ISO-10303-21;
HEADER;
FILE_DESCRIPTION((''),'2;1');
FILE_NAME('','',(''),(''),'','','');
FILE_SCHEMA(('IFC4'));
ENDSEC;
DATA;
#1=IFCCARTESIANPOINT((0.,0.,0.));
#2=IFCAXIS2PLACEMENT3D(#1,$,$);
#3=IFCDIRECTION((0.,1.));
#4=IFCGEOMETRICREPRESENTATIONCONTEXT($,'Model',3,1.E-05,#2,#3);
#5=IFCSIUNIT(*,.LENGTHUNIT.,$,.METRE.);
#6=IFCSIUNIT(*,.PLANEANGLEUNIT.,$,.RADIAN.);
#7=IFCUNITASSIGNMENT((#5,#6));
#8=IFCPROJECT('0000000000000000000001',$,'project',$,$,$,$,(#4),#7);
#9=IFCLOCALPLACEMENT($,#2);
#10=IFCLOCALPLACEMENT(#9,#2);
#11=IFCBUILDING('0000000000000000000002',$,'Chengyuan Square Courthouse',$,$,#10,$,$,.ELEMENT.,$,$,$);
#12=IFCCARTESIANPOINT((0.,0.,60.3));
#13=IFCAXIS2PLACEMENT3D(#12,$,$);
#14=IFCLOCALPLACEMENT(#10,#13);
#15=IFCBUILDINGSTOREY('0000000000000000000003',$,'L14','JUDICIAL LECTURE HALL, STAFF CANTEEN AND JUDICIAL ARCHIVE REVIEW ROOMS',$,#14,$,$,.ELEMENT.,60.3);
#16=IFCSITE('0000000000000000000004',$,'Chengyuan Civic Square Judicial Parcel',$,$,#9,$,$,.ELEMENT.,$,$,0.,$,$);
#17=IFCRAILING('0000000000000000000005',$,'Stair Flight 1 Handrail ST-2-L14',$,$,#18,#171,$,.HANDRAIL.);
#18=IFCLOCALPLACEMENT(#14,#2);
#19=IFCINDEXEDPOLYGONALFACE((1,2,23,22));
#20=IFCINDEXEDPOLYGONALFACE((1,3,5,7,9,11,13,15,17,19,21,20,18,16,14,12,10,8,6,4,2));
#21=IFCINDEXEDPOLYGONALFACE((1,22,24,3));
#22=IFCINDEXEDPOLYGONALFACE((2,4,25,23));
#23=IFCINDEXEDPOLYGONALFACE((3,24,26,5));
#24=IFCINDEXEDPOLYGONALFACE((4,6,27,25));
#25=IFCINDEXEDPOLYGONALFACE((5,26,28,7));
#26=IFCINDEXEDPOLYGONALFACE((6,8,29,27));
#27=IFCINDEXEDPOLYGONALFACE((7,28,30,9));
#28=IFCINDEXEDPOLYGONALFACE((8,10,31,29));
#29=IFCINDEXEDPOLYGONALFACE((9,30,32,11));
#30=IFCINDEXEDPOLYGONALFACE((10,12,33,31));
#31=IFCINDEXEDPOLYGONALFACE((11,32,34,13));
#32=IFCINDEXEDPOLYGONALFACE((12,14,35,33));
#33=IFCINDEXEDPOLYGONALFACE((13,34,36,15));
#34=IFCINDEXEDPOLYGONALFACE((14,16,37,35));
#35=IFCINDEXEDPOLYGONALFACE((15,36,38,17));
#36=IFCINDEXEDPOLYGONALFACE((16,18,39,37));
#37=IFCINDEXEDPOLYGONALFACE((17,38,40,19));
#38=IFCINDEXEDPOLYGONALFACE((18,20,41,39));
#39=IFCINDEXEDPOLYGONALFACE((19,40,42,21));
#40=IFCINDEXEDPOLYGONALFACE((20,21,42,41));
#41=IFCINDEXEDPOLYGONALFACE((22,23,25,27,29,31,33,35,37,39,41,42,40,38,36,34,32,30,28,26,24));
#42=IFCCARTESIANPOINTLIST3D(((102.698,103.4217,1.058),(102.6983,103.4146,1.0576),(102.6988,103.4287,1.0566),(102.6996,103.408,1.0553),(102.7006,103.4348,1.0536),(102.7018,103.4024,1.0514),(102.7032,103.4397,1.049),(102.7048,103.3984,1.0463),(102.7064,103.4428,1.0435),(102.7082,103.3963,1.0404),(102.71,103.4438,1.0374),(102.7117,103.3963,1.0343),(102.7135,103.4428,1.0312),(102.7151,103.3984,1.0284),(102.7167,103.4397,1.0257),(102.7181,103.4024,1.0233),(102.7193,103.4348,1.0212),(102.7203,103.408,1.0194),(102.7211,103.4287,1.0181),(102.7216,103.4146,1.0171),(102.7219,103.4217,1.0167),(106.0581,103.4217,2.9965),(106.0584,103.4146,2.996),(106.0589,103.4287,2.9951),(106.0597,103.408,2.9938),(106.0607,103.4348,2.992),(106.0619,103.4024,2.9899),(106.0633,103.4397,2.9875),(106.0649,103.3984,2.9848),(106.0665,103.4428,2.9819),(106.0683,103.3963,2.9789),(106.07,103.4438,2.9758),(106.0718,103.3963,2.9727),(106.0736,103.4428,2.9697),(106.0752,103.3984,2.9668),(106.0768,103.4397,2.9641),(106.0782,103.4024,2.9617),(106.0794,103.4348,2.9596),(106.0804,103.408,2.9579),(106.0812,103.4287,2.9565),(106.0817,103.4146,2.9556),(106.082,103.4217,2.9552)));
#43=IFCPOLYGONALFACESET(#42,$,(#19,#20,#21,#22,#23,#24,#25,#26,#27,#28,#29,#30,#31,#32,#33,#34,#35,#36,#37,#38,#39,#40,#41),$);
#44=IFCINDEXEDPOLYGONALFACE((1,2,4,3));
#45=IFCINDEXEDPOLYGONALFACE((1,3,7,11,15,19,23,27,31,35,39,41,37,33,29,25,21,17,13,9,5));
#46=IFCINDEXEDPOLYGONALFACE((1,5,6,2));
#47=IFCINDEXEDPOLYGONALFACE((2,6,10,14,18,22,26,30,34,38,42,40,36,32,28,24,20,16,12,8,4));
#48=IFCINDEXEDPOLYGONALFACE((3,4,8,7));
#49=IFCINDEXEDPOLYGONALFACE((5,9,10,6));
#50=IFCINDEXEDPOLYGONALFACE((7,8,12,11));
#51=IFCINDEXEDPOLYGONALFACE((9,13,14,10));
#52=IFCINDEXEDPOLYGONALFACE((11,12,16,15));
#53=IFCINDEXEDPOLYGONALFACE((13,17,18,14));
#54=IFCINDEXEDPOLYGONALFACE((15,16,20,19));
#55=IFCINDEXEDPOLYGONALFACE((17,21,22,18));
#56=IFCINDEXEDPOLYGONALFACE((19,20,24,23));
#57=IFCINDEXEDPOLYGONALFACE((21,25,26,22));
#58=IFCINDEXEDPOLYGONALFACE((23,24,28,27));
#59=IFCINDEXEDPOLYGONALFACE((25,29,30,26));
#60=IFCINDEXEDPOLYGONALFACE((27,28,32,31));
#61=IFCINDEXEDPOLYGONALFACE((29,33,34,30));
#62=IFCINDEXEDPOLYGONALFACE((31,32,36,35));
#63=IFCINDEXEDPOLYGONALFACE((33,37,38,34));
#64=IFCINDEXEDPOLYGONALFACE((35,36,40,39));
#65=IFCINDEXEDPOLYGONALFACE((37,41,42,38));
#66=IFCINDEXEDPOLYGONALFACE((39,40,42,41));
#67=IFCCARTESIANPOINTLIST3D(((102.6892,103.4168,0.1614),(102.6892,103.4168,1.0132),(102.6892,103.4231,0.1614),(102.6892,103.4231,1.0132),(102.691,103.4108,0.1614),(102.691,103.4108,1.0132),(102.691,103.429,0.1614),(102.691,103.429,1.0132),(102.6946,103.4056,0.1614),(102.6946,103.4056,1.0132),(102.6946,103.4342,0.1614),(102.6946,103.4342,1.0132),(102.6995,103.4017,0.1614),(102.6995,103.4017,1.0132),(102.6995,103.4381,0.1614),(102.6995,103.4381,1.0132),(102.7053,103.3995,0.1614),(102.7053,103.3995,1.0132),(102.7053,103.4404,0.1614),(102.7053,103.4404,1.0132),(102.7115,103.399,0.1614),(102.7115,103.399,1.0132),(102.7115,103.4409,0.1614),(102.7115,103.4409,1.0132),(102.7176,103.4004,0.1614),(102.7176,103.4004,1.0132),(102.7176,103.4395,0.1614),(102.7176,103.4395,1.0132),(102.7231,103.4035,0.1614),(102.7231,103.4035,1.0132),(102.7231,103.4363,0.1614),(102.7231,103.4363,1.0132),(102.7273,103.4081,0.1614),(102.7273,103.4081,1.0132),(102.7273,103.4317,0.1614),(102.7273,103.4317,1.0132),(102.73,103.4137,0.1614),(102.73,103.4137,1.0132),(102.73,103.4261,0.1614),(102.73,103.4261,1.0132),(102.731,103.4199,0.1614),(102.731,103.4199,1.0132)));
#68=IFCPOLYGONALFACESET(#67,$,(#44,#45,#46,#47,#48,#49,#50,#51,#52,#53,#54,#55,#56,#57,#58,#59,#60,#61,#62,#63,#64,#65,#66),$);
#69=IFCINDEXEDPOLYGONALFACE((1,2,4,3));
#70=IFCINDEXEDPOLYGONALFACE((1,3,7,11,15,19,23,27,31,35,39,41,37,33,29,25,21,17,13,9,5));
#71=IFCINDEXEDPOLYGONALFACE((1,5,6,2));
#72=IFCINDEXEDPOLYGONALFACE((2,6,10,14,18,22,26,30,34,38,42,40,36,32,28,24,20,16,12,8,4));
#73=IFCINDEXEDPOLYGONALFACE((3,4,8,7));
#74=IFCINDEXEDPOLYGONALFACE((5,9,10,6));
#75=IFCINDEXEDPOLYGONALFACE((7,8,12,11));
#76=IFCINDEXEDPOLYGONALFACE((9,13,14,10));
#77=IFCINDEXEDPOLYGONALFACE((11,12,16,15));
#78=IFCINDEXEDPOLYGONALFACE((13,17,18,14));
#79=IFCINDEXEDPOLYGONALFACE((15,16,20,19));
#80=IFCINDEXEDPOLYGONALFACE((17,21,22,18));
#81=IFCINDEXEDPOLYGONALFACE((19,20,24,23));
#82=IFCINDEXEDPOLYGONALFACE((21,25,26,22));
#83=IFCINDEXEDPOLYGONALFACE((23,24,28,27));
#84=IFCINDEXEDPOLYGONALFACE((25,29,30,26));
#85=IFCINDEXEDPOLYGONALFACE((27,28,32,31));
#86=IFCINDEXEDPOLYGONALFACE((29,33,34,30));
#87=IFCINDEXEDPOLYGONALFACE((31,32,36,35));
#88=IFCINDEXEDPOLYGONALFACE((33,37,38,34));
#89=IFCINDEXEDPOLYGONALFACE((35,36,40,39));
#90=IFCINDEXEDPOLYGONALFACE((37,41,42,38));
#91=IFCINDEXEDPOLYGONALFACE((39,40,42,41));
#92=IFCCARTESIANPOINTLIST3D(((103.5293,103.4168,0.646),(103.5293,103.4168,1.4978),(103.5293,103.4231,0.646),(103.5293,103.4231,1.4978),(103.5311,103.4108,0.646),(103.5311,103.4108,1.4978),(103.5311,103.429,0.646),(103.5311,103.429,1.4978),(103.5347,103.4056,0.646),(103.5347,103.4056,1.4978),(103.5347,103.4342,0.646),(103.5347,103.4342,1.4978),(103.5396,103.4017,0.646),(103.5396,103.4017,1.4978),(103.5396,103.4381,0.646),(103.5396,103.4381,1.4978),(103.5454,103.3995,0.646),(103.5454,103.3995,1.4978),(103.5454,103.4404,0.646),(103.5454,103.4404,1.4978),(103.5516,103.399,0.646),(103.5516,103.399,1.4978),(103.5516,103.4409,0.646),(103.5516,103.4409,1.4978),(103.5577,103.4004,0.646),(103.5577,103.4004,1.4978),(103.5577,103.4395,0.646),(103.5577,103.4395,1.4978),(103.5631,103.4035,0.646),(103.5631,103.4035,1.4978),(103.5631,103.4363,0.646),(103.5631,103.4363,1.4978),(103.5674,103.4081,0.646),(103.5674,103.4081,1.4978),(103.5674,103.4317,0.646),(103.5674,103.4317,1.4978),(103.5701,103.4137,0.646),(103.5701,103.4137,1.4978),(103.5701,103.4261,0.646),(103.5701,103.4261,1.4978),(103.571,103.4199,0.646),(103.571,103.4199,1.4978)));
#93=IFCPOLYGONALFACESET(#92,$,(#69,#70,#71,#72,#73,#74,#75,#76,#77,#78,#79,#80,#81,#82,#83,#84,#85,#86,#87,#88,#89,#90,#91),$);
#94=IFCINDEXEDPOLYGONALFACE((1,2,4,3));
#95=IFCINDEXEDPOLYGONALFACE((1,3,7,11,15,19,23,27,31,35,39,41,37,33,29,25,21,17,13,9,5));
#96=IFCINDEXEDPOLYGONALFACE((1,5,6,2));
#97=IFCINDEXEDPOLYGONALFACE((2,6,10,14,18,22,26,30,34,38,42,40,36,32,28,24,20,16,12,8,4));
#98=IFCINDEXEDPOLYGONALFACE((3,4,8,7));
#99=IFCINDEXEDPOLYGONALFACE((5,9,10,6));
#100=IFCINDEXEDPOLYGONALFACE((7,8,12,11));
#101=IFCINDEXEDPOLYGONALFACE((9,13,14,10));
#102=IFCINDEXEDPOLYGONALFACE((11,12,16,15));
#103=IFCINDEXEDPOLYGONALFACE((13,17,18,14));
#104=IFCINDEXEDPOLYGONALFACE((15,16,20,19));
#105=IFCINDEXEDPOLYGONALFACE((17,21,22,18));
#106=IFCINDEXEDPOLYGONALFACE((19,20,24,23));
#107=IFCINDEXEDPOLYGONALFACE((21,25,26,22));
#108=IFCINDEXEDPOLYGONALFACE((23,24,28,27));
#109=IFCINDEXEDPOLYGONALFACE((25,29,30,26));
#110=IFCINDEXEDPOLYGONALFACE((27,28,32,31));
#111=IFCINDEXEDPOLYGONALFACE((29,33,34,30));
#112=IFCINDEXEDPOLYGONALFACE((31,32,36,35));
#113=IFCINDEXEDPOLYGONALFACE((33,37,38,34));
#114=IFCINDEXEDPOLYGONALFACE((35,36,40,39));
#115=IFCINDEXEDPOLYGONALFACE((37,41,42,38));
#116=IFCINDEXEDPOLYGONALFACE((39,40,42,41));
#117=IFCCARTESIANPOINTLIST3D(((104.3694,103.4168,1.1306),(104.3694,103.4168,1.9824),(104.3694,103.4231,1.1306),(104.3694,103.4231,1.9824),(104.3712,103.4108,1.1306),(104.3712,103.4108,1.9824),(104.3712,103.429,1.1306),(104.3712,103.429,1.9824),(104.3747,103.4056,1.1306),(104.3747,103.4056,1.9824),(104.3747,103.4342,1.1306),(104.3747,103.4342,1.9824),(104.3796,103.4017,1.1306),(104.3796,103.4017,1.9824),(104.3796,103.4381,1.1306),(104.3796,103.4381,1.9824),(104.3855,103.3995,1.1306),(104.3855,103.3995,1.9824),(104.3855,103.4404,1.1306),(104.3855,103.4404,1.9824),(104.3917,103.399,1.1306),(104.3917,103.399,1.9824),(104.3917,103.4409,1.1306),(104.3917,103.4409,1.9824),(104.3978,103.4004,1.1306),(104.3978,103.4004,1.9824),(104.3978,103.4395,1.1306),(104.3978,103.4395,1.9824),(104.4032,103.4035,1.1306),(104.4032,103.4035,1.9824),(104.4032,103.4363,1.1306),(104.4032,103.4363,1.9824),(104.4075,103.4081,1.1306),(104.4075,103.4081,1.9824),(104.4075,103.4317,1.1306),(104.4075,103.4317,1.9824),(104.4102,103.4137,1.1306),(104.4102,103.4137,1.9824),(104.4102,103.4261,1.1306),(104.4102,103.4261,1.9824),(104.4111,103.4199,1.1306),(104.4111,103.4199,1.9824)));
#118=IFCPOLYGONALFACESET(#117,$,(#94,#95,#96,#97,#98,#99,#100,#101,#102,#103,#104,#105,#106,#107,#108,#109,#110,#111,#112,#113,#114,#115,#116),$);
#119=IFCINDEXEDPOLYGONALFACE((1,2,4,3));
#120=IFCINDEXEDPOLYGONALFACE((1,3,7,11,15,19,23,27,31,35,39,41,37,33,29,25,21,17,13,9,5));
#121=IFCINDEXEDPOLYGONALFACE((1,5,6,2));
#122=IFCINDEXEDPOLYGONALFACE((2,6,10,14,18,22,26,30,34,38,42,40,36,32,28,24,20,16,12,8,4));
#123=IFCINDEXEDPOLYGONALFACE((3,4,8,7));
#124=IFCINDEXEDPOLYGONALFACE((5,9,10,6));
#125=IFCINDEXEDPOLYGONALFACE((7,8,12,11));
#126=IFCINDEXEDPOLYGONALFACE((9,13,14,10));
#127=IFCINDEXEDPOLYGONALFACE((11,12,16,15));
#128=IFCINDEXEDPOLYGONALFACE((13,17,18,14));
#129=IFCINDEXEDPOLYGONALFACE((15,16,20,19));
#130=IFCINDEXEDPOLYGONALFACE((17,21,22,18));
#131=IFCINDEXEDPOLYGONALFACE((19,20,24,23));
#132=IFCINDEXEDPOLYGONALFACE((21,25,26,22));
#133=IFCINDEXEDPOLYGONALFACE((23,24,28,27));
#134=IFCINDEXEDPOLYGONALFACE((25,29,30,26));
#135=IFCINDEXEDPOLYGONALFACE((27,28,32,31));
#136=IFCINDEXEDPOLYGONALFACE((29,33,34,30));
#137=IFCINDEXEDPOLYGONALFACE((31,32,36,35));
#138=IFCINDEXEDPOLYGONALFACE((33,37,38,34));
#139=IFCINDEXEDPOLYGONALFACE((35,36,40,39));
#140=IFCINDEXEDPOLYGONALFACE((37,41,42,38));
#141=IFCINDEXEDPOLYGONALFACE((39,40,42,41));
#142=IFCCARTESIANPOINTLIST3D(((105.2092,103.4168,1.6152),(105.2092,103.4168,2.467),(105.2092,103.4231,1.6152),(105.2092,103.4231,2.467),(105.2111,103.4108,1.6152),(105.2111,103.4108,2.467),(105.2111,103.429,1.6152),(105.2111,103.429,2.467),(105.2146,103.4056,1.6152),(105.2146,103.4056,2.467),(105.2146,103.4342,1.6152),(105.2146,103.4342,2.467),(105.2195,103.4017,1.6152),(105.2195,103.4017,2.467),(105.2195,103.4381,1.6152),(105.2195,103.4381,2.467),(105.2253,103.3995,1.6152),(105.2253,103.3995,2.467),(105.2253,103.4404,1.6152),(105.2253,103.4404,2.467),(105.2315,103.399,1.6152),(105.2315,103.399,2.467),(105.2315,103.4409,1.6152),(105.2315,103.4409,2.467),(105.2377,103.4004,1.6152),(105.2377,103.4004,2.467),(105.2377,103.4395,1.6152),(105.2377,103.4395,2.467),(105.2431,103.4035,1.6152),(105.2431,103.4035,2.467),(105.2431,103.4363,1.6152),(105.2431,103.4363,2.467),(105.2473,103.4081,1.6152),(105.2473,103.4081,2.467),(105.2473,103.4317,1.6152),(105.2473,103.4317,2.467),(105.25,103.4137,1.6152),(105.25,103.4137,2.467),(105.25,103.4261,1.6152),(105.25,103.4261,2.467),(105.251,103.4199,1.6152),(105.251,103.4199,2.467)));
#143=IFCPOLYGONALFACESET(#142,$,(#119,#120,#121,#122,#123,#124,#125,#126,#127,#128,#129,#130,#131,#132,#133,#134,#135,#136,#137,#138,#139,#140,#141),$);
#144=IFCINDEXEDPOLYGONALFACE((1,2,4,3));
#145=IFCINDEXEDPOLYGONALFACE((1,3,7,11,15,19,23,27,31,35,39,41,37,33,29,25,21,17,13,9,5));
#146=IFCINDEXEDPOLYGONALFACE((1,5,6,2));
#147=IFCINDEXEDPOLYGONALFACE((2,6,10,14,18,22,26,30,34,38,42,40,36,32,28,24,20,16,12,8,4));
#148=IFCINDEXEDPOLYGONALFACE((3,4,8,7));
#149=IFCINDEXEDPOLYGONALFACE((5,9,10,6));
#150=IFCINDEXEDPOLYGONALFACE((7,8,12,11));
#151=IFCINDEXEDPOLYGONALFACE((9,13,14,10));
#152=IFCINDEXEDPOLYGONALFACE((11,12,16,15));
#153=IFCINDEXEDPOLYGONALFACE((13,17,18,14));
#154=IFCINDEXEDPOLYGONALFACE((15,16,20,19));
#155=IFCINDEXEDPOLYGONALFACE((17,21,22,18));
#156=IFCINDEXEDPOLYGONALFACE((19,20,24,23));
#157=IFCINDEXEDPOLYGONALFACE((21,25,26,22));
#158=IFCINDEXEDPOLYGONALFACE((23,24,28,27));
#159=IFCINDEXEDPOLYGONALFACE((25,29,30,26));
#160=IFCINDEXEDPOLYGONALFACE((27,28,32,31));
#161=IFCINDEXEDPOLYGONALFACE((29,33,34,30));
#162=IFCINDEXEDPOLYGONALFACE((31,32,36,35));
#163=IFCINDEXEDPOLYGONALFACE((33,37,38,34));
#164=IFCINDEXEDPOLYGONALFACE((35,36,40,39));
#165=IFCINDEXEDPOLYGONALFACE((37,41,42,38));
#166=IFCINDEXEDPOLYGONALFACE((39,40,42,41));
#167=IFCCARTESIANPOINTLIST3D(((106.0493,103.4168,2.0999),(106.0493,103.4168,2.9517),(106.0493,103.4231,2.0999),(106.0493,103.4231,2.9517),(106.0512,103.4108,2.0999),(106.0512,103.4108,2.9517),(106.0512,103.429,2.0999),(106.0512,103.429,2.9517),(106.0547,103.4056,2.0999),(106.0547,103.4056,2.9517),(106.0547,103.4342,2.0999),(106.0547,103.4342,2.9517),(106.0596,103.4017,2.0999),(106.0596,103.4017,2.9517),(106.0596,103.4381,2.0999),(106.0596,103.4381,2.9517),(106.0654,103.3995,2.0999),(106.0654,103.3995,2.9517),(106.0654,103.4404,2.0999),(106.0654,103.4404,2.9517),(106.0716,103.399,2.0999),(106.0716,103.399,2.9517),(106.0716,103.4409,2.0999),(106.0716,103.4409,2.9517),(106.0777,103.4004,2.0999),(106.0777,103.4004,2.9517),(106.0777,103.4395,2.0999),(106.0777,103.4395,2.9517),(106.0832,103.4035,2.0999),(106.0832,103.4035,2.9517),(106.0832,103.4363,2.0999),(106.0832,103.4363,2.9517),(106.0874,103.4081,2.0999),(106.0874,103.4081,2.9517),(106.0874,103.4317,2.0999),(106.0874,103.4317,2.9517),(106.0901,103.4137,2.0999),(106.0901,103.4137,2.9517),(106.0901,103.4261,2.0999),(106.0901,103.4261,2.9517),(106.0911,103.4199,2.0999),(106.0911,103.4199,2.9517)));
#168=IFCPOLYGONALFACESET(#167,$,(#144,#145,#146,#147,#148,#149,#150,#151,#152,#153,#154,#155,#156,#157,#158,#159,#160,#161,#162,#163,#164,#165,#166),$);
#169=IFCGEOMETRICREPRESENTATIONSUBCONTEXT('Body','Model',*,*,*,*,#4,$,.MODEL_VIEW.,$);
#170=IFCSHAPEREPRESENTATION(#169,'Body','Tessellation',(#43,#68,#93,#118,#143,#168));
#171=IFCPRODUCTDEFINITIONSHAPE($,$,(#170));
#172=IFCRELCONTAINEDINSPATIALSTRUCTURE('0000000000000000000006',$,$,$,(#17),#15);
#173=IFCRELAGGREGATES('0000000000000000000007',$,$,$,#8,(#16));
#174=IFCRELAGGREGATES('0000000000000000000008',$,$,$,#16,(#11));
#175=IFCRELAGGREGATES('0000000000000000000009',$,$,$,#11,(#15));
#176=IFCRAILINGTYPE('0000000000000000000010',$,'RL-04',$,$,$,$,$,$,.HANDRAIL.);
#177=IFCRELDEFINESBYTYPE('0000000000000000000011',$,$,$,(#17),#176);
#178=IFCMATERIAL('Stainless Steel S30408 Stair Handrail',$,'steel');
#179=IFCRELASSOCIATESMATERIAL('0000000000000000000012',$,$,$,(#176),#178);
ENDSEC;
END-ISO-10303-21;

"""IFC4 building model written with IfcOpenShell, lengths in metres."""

from ifc_helpers import new_model, si_unit, direction, frame, origin, origin_2d, place, context, subcontext, project, spatial, circle, extrude, material, type_object, element, save


model = new_model("IFC4")

# Units and contexts
model_context = context("Model", 3, precision=1e-05, world=origin(), true_north=direction((0.0, 1.0)))
body_context = subcontext(model_context, "Body", "Model", "MODEL_VIEW")
ifc_project = project(units=[si_unit("LENGTHUNIT", "METRE"), si_unit("PLANEANGLEUNIT", "RADIAN")], contexts=[model_context])

# Site, building, storey
site_placement = place(None, origin())
site = spatial("IfcSite", under=ifc_project, at=site_placement, Name="Chengyuan Civic Square Judicial Parcel", CompositionType="ELEMENT", RefElevation=0.0)
building_placement = place(site_placement, origin())
building = spatial("IfcBuilding", under=site, at=building_placement, Name="Chengyuan Square Courthouse", CompositionType="ELEMENT")
storey_placement = place(building_placement, frame((0.0, 0.0, 60.3)))
storey = spatial("IfcBuildingStorey", under=building, at=storey_placement, Name="L14", Description="JUDICIAL LECTURE HALL, STAFF CANTEEN AND JUDICIAL ARCHIVE REVIEW ROOMS", CompositionType="ELEMENT", Elevation=60.3)

# Railing
ifc_material_1 = material(Name="Stainless Steel S30408 Stair Handrail", Category="steel")
railing_type_1 = type_object("IfcRailingType", Name="RL-04", PredefinedType="HANDRAIL", material=ifc_material_1)
railing_1_placement = place(storey_placement, frame((102.71, 103.4199, 0.1614)))
element("IfcRailing", 1, at=railing_1_placement, inside=storey, type_object=railing_type_1, Name="Stair Flight 1 Handrail ST-2-L14", PredefinedType="HANDRAIL", context=body_context, shape_type="SweptSolid", body=[
    extrude(circle(Radius=0.0239, at=origin_2d()), frame((0.0, 0.0, 0.876), z_axis=(0.866191, 0.0, 0.499713), x_axis=(0.0, 1.0, 0.0)), (0.0, 0.0, 1.0), 3.8792),
    extrude(circle(Radius=0.021, at=origin_2d()), origin(), (0.0, 0.0, 1.0), 0.8518),
    extrude(circle(Radius=0.021, at=origin_2d()), frame((0.8401, 0.0, 0.4846)), (0.0, 0.0, 1.0), 0.8518),
    extrude(circle(Radius=0.021, at=origin_2d()), frame((1.6802, 0.0, 0.9692)), (0.0, 0.0, 1.0), 0.8518),
    extrude(circle(Radius=0.021, at=origin_2d()), frame((2.52, 0.0, 1.4539)), (0.0, 0.0, 1.0), 0.8518),
    extrude(circle(Radius=0.021, at=origin_2d()), frame((3.3601, 0.0, 1.9385)), (0.0, 0.0, 1.0), 0.8518),
])

save(model, "model.ifc")
